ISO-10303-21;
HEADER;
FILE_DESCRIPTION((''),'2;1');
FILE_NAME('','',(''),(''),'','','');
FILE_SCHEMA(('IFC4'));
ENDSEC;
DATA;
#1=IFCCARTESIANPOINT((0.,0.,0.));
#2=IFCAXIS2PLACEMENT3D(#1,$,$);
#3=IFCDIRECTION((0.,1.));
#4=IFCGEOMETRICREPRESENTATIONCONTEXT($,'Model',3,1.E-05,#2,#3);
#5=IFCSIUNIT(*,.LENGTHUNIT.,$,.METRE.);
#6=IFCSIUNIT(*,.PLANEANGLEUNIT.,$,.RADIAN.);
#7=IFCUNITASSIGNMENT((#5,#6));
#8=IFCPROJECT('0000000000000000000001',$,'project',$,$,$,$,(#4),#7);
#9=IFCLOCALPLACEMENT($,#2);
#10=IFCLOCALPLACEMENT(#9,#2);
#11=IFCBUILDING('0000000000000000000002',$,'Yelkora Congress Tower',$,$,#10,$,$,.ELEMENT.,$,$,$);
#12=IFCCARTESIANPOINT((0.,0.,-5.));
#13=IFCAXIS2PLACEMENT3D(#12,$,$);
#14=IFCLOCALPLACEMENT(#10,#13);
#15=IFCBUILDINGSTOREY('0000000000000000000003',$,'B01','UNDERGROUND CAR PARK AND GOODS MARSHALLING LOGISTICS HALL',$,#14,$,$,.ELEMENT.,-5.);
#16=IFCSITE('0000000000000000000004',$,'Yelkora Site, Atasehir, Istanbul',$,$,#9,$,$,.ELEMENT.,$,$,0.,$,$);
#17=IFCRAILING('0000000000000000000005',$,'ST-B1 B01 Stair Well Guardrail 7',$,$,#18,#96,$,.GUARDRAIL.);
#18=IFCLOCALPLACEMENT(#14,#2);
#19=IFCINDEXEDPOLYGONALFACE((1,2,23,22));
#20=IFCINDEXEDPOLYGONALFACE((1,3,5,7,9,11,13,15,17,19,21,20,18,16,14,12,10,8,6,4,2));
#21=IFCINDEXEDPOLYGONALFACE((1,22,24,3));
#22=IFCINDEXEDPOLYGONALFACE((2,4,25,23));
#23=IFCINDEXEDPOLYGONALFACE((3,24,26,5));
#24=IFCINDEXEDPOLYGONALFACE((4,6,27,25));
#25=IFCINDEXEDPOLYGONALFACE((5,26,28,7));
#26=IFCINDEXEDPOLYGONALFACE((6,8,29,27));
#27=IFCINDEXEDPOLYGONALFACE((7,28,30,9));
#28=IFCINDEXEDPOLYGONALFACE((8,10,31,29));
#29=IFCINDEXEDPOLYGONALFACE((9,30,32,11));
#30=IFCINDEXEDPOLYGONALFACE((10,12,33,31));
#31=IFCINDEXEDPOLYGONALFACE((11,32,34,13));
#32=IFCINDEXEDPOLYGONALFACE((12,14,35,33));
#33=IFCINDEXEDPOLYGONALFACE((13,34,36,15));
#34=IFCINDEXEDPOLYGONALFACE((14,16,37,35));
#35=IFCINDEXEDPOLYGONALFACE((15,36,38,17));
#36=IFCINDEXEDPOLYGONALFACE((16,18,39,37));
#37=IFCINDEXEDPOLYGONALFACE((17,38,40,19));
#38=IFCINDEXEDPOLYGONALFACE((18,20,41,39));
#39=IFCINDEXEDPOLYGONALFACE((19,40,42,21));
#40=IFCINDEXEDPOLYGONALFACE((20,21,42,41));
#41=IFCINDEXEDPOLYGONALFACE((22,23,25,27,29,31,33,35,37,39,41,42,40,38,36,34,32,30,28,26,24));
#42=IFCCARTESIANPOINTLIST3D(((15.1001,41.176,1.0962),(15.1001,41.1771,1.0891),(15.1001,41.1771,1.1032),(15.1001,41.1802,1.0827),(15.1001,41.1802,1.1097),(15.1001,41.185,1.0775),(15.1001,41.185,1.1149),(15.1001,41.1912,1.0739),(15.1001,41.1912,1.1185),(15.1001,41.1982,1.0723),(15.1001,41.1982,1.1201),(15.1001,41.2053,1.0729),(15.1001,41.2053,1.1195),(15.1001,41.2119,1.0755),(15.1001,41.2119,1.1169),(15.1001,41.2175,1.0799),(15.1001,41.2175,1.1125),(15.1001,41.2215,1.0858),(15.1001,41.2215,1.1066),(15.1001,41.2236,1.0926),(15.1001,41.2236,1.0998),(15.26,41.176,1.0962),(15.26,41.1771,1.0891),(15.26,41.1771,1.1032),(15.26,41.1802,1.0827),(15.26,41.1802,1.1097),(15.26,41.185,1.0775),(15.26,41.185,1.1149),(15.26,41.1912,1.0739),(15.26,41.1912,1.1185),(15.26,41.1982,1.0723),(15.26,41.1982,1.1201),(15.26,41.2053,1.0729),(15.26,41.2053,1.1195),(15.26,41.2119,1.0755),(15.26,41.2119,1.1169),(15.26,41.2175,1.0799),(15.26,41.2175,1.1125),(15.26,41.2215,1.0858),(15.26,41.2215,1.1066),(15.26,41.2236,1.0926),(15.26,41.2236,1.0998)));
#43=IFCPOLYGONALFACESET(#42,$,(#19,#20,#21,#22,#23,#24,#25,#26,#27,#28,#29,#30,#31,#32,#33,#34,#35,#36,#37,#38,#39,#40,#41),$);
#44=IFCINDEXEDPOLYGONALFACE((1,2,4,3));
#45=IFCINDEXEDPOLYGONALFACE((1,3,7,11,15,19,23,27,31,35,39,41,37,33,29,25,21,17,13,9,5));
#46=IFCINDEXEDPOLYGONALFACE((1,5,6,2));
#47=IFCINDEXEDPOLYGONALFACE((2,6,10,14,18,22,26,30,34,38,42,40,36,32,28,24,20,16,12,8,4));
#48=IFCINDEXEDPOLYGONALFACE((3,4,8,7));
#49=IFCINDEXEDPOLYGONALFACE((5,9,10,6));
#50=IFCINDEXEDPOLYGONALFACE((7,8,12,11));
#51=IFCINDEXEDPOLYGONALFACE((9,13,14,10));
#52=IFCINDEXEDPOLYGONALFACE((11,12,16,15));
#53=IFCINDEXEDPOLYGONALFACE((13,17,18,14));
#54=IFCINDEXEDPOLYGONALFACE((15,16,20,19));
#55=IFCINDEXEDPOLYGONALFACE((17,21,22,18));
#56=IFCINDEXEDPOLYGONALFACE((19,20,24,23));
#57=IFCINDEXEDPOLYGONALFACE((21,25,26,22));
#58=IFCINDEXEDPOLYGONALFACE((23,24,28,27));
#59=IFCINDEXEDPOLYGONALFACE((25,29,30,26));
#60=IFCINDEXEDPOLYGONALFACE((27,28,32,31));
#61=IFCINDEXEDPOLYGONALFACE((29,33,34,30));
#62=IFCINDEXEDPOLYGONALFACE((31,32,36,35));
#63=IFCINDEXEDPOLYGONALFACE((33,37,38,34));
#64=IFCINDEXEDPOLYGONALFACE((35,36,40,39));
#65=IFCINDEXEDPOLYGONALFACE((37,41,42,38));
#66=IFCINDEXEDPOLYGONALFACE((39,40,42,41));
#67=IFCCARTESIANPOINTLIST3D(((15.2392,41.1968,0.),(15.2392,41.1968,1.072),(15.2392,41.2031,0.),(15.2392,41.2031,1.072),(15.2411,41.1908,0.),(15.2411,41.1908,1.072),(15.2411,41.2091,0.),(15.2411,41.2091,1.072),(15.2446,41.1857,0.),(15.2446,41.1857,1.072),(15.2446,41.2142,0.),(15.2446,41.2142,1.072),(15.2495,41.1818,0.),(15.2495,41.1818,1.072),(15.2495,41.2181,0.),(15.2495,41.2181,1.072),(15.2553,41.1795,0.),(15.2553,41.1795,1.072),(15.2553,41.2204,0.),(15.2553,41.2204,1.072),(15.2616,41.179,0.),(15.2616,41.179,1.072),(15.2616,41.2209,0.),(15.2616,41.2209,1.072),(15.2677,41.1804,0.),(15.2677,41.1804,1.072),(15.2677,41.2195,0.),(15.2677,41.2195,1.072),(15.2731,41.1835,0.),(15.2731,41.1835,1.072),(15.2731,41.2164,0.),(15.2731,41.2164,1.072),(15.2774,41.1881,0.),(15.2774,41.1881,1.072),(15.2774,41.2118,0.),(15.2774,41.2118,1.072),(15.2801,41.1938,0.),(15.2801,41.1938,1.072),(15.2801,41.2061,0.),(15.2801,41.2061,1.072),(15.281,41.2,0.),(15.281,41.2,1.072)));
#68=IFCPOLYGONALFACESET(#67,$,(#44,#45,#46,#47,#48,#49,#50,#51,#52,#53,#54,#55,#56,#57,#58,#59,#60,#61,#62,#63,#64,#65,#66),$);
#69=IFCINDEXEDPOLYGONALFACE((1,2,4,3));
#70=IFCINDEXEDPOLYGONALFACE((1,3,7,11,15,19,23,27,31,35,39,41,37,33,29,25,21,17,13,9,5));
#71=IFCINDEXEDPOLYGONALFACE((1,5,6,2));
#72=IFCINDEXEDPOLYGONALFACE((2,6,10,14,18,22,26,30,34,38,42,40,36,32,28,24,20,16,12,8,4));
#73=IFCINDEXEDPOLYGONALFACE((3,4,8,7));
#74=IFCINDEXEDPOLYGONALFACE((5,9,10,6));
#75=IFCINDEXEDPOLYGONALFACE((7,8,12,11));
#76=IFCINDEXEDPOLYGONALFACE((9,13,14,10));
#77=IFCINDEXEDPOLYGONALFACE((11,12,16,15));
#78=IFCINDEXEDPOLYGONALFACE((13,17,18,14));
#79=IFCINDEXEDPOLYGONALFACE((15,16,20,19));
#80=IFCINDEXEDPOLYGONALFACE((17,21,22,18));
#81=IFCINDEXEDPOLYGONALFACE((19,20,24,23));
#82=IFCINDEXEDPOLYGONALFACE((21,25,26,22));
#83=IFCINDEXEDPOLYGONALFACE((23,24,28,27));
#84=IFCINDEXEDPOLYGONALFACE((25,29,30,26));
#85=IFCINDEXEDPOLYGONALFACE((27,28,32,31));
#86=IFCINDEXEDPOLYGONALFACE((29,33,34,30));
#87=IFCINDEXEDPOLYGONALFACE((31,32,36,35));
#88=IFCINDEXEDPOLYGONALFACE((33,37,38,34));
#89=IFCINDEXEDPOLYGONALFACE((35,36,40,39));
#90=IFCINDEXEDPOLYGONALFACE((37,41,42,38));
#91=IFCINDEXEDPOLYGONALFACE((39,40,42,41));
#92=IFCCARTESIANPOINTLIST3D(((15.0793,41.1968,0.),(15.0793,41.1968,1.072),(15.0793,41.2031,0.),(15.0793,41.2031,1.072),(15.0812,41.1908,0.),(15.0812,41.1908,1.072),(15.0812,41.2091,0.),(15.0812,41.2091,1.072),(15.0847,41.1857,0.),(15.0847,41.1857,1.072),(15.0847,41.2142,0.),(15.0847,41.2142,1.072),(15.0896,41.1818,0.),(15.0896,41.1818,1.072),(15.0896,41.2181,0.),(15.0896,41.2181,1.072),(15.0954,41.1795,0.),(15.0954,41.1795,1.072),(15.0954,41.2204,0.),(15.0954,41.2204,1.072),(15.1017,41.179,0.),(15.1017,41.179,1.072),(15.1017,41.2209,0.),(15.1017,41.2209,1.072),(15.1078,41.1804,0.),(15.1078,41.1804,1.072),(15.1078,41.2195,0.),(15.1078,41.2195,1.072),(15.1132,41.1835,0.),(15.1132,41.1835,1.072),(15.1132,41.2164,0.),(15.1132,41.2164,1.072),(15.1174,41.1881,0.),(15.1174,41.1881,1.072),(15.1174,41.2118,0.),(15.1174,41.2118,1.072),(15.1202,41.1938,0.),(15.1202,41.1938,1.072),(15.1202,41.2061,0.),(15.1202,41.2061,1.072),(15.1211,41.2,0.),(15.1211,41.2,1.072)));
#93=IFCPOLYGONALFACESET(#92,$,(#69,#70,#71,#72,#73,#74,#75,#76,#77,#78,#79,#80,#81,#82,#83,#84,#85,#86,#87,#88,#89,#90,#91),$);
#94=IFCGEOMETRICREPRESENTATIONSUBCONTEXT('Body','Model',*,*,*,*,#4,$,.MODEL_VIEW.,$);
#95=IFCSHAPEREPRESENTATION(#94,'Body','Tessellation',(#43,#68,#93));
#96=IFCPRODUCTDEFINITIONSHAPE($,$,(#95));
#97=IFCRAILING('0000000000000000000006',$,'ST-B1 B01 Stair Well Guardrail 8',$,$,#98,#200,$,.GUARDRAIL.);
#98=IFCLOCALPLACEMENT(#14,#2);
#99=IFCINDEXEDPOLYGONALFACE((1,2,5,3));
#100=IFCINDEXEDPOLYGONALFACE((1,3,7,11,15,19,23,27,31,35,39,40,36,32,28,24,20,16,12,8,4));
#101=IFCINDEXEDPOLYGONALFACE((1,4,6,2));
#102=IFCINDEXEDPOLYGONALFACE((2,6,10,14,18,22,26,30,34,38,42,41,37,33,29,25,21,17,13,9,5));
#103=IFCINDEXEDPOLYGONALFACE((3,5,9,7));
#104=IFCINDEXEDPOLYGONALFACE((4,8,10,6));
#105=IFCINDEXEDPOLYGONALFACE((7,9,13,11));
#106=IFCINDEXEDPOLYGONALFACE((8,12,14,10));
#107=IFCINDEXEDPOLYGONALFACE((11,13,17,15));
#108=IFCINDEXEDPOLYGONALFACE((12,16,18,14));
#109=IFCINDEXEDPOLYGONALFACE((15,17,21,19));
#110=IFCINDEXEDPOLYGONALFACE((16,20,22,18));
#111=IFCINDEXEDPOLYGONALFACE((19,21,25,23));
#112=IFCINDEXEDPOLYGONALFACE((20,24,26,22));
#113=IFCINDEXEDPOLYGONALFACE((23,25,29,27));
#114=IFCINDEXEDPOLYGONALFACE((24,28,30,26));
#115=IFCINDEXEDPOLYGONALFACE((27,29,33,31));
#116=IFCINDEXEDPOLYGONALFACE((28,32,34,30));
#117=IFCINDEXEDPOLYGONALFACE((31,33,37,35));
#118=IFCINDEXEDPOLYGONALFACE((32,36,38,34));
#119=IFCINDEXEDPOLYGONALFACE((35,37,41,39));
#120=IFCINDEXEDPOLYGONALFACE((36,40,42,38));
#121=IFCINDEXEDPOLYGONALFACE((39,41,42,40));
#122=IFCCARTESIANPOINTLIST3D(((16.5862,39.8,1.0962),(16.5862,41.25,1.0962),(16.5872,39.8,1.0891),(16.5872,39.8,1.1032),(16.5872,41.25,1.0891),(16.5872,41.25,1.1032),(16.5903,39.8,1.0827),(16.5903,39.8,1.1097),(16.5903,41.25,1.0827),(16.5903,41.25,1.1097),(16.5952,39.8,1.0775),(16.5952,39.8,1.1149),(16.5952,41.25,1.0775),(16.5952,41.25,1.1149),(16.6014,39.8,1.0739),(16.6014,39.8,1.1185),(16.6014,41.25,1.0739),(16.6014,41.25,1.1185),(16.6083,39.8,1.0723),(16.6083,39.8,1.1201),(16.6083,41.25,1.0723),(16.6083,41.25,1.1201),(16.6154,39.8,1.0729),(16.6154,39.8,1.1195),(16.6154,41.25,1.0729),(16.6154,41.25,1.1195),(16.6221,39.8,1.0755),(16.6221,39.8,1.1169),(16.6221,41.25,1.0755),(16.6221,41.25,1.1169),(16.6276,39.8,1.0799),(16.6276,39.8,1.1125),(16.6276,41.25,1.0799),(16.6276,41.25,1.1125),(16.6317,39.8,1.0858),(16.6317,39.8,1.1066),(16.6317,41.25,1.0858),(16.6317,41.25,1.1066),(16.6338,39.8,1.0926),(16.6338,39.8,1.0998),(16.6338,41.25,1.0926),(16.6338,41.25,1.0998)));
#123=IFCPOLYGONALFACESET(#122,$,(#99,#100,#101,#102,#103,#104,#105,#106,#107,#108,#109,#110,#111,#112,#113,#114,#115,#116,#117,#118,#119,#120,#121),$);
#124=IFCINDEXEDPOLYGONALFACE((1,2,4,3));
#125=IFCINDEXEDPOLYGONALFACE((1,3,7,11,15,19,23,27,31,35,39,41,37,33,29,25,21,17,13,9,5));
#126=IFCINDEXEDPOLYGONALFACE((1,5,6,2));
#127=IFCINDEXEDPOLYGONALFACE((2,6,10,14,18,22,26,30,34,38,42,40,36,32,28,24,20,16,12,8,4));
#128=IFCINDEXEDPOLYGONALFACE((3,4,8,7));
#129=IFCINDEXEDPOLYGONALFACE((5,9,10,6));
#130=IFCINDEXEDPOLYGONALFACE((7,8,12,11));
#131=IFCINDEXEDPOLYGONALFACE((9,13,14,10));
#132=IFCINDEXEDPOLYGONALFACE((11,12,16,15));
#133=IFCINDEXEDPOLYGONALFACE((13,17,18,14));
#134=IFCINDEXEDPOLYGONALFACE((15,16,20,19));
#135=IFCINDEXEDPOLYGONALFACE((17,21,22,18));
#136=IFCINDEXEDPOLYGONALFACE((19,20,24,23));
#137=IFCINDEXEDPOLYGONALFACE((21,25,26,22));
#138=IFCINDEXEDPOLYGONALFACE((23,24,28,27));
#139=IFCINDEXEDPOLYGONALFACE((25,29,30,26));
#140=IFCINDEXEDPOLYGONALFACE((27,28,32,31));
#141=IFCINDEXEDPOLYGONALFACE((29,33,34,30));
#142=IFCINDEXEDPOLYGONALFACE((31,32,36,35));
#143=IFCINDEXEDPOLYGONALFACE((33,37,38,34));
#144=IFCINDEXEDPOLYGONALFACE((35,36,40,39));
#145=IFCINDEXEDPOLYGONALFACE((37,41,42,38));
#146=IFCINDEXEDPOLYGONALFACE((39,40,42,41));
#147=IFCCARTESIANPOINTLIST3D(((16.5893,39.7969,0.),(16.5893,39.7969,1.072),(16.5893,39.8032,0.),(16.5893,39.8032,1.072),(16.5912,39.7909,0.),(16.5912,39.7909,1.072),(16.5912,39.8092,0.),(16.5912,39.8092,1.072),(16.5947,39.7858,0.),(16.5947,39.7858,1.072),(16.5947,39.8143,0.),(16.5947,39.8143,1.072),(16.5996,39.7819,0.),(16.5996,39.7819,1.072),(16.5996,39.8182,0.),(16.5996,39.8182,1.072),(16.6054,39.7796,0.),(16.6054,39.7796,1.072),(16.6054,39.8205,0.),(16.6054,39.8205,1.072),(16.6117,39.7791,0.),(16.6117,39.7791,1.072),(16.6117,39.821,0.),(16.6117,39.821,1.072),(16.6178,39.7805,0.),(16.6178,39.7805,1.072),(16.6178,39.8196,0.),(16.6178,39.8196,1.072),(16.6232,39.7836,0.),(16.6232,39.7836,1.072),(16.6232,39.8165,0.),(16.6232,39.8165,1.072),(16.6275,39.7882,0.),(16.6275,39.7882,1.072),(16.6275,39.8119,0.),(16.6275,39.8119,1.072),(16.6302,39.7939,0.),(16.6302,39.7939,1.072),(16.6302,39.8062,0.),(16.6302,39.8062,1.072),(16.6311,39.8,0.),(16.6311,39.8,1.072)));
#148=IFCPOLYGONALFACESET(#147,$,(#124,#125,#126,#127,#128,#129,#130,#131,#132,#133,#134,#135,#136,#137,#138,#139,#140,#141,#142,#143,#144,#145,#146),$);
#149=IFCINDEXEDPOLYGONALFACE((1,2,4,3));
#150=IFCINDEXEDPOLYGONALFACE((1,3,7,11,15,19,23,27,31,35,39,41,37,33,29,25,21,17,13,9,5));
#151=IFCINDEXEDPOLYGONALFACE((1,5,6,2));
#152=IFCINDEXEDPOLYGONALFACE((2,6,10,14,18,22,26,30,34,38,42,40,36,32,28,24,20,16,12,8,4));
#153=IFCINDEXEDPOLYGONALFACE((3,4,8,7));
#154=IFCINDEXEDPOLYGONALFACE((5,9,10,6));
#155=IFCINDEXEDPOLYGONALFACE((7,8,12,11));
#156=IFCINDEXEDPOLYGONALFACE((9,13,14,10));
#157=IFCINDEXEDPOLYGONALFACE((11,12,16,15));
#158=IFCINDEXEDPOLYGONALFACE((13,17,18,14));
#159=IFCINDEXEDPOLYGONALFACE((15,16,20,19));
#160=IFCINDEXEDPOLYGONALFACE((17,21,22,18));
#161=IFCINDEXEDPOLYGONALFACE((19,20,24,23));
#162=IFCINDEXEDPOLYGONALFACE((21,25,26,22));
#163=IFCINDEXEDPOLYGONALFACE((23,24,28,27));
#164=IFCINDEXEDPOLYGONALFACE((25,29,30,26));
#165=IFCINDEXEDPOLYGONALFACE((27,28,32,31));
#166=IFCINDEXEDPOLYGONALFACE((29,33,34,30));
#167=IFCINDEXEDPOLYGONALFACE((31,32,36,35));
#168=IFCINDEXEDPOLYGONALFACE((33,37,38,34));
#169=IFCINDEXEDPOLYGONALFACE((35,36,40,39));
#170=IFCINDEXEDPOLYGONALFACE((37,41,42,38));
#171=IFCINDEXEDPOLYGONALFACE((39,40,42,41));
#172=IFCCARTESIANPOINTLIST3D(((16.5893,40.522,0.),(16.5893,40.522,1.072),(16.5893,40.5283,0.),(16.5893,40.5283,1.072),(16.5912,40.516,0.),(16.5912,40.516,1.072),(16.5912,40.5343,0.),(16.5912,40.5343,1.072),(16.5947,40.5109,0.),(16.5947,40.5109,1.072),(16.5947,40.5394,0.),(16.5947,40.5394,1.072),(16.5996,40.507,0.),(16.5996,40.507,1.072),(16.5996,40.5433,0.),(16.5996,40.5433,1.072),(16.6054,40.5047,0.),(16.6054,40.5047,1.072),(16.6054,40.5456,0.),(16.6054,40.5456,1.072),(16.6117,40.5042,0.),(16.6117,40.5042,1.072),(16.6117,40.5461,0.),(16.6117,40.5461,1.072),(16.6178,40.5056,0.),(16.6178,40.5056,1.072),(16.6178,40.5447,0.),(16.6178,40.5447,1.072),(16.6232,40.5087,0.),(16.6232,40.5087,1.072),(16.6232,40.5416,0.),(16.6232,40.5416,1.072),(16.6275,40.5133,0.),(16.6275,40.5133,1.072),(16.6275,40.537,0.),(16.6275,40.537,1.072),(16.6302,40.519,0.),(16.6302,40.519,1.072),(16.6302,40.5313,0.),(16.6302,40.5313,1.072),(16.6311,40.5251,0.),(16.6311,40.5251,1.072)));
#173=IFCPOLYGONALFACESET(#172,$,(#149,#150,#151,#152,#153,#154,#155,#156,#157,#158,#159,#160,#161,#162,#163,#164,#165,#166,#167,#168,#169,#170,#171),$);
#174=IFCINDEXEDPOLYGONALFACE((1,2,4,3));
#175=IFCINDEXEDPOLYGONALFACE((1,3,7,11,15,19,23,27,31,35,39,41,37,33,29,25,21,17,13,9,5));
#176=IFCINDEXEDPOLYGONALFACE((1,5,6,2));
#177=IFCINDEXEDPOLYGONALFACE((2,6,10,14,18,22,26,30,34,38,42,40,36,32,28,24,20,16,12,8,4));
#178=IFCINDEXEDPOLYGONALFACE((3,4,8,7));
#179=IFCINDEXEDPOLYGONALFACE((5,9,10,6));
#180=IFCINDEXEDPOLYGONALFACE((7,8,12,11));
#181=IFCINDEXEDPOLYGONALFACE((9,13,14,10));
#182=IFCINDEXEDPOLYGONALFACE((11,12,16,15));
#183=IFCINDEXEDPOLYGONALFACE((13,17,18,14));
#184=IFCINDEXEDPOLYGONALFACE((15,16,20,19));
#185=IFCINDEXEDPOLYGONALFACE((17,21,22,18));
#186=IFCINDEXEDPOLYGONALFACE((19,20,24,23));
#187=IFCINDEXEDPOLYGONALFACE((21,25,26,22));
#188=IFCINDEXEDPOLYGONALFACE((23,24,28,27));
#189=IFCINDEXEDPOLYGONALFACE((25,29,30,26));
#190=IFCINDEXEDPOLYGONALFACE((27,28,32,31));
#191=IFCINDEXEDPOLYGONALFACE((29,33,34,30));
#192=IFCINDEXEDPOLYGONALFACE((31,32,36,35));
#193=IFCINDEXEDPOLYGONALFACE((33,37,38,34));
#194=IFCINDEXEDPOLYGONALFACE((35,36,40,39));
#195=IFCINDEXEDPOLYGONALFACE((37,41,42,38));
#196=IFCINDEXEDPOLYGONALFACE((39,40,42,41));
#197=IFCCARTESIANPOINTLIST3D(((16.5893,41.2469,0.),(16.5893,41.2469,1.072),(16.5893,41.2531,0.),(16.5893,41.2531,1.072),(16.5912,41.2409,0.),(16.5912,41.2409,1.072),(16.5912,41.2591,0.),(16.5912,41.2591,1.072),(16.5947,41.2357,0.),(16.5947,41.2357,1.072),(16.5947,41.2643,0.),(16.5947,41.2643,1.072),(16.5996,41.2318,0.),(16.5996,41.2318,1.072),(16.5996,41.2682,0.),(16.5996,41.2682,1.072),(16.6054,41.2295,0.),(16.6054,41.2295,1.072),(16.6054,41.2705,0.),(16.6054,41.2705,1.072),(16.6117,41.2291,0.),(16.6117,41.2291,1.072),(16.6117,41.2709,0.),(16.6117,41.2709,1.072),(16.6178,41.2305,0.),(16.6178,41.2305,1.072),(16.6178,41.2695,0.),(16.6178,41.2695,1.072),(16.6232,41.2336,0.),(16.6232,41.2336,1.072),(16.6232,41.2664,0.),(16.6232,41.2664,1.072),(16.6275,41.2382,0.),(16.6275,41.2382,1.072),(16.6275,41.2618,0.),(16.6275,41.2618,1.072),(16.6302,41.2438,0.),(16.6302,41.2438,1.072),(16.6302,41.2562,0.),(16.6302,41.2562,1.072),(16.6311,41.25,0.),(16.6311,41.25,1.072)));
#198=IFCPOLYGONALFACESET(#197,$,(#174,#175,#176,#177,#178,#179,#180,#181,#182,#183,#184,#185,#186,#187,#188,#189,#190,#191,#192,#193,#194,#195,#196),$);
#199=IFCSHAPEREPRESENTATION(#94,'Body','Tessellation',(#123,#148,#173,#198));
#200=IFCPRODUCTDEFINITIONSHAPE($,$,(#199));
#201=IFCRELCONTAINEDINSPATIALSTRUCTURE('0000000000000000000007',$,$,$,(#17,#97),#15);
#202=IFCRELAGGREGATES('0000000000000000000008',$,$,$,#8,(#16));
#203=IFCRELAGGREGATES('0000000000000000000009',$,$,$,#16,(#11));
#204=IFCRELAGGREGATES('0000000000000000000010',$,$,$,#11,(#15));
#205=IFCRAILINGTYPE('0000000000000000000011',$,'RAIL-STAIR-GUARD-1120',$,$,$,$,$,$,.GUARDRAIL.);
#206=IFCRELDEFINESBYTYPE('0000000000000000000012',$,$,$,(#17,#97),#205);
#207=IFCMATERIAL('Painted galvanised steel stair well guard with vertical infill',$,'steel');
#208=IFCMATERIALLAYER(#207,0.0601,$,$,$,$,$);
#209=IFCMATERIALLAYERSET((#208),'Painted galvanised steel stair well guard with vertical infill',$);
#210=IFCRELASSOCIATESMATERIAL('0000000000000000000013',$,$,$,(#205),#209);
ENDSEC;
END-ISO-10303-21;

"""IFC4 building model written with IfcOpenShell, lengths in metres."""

from ifc_helpers import new_model, si_unit, direction, frame, origin, origin_2d, place, context, subcontext, project, spatial, circle, extrude, material, layer, layer_set, type_object, element, save


model = new_model("IFC4")

# Units and contexts
model_context = context("Model", 3, precision=1e-05, world=origin(), true_north=direction((0.0, 1.0)))
body_context = subcontext(model_context, "Body", "Model", "MODEL_VIEW")
ifc_project = project(units=[si_unit("LENGTHUNIT", "METRE"), si_unit("PLANEANGLEUNIT", "RADIAN")], contexts=[model_context])

# Site, building, storey
site_placement = place(None, origin())
site = spatial("IfcSite", under=ifc_project, at=site_placement, Name="Yelkora Site, Atasehir, Istanbul", CompositionType="ELEMENT", RefElevation=0.0)
building_placement = place(site_placement, origin())
building = spatial("IfcBuilding", under=site, at=building_placement, Name="Yelkora Congress Tower", CompositionType="ELEMENT")
storey_placement = place(building_placement, frame((0.0, 0.0, -5.0)))
storey = spatial("IfcBuildingStorey", under=building, at=storey_placement, Name="B01", Description="UNDERGROUND CAR PARK AND GOODS MARSHALLING LOGISTICS HALL", CompositionType="ELEMENT", Elevation=-5.0)

# Railings
ifc_material_1 = material(Name="Painted galvanised steel stair well guard with vertical infill", Category="steel")
ifc_layer_1 = layer(ifc_material_1, 0.0601)
ifc_layer_set_1 = layer_set([ifc_layer_1], Name="Painted galvanised steel stair well guard with vertical infill")
railing_type_1 = type_object("IfcRailingType", Name="RAIL-STAIR-GUARD-1120", PredefinedType="GUARDRAIL", material=ifc_layer_set_1)
railing_1_placement = place(storey_placement, frame((15.26, 41.2, 0.0)))
element("IfcRailing", 1, at=railing_1_placement, inside=storey, type_object=railing_type_1, Name="ST-B1 B01 Stair Well Guardrail 7", PredefinedType="GUARDRAIL", context=body_context, shape_type="SweptSolid", body=[
    extrude(circle(Radius=0.0239, at=origin_2d()), frame((0.0, 0.0, 1.0962), z_axis=(-1.0, 0.0, 0.0), x_axis=(0.0, -1.0, 0.0)), (0.0, 0.0, 1.0), 0.1599),
    extrude(circle(Radius=0.021, at=origin_2d()), origin(), (0.0, 0.0, 1.0), 1.072),
    extrude(circle(Radius=0.021, at=origin_2d()), frame((-0.1599, 0.0, 0.0)), (0.0, 0.0, 1.0), 1.072),
])
railing_2_placement = place(storey_placement, frame((16.6101, 39.8, 0.0)))
element("IfcRailing", 2, at=railing_2_placement, inside=storey, type_object=railing_type_1, Name="ST-B1 B01 Stair Well Guardrail 8", PredefinedType="GUARDRAIL", context=body_context, shape_type="SweptSolid", body=[
    extrude(circle(Radius=0.0239, at=origin_2d()), frame((0.0, 0.0, 1.0962), z_axis=(0.0, 1.0, 0.0), x_axis=(-1.0, 0.0, 0.0)), (0.0, 0.0, 1.0), 1.45),
    extrude(circle(Radius=0.021, at=origin_2d()), origin(), (0.0, 0.0, 1.0), 1.072),
    extrude(circle(Radius=0.021, at=origin_2d()), frame((0.0, 0.7251, 0.0)), (0.0, 0.0, 1.0), 1.072),
    extrude(circle(Radius=0.021, at=origin_2d()), frame((0.0, 1.45, 0.0)), (0.0, 0.0, 1.0), 1.072),
])

save(model, "model.ifc")
